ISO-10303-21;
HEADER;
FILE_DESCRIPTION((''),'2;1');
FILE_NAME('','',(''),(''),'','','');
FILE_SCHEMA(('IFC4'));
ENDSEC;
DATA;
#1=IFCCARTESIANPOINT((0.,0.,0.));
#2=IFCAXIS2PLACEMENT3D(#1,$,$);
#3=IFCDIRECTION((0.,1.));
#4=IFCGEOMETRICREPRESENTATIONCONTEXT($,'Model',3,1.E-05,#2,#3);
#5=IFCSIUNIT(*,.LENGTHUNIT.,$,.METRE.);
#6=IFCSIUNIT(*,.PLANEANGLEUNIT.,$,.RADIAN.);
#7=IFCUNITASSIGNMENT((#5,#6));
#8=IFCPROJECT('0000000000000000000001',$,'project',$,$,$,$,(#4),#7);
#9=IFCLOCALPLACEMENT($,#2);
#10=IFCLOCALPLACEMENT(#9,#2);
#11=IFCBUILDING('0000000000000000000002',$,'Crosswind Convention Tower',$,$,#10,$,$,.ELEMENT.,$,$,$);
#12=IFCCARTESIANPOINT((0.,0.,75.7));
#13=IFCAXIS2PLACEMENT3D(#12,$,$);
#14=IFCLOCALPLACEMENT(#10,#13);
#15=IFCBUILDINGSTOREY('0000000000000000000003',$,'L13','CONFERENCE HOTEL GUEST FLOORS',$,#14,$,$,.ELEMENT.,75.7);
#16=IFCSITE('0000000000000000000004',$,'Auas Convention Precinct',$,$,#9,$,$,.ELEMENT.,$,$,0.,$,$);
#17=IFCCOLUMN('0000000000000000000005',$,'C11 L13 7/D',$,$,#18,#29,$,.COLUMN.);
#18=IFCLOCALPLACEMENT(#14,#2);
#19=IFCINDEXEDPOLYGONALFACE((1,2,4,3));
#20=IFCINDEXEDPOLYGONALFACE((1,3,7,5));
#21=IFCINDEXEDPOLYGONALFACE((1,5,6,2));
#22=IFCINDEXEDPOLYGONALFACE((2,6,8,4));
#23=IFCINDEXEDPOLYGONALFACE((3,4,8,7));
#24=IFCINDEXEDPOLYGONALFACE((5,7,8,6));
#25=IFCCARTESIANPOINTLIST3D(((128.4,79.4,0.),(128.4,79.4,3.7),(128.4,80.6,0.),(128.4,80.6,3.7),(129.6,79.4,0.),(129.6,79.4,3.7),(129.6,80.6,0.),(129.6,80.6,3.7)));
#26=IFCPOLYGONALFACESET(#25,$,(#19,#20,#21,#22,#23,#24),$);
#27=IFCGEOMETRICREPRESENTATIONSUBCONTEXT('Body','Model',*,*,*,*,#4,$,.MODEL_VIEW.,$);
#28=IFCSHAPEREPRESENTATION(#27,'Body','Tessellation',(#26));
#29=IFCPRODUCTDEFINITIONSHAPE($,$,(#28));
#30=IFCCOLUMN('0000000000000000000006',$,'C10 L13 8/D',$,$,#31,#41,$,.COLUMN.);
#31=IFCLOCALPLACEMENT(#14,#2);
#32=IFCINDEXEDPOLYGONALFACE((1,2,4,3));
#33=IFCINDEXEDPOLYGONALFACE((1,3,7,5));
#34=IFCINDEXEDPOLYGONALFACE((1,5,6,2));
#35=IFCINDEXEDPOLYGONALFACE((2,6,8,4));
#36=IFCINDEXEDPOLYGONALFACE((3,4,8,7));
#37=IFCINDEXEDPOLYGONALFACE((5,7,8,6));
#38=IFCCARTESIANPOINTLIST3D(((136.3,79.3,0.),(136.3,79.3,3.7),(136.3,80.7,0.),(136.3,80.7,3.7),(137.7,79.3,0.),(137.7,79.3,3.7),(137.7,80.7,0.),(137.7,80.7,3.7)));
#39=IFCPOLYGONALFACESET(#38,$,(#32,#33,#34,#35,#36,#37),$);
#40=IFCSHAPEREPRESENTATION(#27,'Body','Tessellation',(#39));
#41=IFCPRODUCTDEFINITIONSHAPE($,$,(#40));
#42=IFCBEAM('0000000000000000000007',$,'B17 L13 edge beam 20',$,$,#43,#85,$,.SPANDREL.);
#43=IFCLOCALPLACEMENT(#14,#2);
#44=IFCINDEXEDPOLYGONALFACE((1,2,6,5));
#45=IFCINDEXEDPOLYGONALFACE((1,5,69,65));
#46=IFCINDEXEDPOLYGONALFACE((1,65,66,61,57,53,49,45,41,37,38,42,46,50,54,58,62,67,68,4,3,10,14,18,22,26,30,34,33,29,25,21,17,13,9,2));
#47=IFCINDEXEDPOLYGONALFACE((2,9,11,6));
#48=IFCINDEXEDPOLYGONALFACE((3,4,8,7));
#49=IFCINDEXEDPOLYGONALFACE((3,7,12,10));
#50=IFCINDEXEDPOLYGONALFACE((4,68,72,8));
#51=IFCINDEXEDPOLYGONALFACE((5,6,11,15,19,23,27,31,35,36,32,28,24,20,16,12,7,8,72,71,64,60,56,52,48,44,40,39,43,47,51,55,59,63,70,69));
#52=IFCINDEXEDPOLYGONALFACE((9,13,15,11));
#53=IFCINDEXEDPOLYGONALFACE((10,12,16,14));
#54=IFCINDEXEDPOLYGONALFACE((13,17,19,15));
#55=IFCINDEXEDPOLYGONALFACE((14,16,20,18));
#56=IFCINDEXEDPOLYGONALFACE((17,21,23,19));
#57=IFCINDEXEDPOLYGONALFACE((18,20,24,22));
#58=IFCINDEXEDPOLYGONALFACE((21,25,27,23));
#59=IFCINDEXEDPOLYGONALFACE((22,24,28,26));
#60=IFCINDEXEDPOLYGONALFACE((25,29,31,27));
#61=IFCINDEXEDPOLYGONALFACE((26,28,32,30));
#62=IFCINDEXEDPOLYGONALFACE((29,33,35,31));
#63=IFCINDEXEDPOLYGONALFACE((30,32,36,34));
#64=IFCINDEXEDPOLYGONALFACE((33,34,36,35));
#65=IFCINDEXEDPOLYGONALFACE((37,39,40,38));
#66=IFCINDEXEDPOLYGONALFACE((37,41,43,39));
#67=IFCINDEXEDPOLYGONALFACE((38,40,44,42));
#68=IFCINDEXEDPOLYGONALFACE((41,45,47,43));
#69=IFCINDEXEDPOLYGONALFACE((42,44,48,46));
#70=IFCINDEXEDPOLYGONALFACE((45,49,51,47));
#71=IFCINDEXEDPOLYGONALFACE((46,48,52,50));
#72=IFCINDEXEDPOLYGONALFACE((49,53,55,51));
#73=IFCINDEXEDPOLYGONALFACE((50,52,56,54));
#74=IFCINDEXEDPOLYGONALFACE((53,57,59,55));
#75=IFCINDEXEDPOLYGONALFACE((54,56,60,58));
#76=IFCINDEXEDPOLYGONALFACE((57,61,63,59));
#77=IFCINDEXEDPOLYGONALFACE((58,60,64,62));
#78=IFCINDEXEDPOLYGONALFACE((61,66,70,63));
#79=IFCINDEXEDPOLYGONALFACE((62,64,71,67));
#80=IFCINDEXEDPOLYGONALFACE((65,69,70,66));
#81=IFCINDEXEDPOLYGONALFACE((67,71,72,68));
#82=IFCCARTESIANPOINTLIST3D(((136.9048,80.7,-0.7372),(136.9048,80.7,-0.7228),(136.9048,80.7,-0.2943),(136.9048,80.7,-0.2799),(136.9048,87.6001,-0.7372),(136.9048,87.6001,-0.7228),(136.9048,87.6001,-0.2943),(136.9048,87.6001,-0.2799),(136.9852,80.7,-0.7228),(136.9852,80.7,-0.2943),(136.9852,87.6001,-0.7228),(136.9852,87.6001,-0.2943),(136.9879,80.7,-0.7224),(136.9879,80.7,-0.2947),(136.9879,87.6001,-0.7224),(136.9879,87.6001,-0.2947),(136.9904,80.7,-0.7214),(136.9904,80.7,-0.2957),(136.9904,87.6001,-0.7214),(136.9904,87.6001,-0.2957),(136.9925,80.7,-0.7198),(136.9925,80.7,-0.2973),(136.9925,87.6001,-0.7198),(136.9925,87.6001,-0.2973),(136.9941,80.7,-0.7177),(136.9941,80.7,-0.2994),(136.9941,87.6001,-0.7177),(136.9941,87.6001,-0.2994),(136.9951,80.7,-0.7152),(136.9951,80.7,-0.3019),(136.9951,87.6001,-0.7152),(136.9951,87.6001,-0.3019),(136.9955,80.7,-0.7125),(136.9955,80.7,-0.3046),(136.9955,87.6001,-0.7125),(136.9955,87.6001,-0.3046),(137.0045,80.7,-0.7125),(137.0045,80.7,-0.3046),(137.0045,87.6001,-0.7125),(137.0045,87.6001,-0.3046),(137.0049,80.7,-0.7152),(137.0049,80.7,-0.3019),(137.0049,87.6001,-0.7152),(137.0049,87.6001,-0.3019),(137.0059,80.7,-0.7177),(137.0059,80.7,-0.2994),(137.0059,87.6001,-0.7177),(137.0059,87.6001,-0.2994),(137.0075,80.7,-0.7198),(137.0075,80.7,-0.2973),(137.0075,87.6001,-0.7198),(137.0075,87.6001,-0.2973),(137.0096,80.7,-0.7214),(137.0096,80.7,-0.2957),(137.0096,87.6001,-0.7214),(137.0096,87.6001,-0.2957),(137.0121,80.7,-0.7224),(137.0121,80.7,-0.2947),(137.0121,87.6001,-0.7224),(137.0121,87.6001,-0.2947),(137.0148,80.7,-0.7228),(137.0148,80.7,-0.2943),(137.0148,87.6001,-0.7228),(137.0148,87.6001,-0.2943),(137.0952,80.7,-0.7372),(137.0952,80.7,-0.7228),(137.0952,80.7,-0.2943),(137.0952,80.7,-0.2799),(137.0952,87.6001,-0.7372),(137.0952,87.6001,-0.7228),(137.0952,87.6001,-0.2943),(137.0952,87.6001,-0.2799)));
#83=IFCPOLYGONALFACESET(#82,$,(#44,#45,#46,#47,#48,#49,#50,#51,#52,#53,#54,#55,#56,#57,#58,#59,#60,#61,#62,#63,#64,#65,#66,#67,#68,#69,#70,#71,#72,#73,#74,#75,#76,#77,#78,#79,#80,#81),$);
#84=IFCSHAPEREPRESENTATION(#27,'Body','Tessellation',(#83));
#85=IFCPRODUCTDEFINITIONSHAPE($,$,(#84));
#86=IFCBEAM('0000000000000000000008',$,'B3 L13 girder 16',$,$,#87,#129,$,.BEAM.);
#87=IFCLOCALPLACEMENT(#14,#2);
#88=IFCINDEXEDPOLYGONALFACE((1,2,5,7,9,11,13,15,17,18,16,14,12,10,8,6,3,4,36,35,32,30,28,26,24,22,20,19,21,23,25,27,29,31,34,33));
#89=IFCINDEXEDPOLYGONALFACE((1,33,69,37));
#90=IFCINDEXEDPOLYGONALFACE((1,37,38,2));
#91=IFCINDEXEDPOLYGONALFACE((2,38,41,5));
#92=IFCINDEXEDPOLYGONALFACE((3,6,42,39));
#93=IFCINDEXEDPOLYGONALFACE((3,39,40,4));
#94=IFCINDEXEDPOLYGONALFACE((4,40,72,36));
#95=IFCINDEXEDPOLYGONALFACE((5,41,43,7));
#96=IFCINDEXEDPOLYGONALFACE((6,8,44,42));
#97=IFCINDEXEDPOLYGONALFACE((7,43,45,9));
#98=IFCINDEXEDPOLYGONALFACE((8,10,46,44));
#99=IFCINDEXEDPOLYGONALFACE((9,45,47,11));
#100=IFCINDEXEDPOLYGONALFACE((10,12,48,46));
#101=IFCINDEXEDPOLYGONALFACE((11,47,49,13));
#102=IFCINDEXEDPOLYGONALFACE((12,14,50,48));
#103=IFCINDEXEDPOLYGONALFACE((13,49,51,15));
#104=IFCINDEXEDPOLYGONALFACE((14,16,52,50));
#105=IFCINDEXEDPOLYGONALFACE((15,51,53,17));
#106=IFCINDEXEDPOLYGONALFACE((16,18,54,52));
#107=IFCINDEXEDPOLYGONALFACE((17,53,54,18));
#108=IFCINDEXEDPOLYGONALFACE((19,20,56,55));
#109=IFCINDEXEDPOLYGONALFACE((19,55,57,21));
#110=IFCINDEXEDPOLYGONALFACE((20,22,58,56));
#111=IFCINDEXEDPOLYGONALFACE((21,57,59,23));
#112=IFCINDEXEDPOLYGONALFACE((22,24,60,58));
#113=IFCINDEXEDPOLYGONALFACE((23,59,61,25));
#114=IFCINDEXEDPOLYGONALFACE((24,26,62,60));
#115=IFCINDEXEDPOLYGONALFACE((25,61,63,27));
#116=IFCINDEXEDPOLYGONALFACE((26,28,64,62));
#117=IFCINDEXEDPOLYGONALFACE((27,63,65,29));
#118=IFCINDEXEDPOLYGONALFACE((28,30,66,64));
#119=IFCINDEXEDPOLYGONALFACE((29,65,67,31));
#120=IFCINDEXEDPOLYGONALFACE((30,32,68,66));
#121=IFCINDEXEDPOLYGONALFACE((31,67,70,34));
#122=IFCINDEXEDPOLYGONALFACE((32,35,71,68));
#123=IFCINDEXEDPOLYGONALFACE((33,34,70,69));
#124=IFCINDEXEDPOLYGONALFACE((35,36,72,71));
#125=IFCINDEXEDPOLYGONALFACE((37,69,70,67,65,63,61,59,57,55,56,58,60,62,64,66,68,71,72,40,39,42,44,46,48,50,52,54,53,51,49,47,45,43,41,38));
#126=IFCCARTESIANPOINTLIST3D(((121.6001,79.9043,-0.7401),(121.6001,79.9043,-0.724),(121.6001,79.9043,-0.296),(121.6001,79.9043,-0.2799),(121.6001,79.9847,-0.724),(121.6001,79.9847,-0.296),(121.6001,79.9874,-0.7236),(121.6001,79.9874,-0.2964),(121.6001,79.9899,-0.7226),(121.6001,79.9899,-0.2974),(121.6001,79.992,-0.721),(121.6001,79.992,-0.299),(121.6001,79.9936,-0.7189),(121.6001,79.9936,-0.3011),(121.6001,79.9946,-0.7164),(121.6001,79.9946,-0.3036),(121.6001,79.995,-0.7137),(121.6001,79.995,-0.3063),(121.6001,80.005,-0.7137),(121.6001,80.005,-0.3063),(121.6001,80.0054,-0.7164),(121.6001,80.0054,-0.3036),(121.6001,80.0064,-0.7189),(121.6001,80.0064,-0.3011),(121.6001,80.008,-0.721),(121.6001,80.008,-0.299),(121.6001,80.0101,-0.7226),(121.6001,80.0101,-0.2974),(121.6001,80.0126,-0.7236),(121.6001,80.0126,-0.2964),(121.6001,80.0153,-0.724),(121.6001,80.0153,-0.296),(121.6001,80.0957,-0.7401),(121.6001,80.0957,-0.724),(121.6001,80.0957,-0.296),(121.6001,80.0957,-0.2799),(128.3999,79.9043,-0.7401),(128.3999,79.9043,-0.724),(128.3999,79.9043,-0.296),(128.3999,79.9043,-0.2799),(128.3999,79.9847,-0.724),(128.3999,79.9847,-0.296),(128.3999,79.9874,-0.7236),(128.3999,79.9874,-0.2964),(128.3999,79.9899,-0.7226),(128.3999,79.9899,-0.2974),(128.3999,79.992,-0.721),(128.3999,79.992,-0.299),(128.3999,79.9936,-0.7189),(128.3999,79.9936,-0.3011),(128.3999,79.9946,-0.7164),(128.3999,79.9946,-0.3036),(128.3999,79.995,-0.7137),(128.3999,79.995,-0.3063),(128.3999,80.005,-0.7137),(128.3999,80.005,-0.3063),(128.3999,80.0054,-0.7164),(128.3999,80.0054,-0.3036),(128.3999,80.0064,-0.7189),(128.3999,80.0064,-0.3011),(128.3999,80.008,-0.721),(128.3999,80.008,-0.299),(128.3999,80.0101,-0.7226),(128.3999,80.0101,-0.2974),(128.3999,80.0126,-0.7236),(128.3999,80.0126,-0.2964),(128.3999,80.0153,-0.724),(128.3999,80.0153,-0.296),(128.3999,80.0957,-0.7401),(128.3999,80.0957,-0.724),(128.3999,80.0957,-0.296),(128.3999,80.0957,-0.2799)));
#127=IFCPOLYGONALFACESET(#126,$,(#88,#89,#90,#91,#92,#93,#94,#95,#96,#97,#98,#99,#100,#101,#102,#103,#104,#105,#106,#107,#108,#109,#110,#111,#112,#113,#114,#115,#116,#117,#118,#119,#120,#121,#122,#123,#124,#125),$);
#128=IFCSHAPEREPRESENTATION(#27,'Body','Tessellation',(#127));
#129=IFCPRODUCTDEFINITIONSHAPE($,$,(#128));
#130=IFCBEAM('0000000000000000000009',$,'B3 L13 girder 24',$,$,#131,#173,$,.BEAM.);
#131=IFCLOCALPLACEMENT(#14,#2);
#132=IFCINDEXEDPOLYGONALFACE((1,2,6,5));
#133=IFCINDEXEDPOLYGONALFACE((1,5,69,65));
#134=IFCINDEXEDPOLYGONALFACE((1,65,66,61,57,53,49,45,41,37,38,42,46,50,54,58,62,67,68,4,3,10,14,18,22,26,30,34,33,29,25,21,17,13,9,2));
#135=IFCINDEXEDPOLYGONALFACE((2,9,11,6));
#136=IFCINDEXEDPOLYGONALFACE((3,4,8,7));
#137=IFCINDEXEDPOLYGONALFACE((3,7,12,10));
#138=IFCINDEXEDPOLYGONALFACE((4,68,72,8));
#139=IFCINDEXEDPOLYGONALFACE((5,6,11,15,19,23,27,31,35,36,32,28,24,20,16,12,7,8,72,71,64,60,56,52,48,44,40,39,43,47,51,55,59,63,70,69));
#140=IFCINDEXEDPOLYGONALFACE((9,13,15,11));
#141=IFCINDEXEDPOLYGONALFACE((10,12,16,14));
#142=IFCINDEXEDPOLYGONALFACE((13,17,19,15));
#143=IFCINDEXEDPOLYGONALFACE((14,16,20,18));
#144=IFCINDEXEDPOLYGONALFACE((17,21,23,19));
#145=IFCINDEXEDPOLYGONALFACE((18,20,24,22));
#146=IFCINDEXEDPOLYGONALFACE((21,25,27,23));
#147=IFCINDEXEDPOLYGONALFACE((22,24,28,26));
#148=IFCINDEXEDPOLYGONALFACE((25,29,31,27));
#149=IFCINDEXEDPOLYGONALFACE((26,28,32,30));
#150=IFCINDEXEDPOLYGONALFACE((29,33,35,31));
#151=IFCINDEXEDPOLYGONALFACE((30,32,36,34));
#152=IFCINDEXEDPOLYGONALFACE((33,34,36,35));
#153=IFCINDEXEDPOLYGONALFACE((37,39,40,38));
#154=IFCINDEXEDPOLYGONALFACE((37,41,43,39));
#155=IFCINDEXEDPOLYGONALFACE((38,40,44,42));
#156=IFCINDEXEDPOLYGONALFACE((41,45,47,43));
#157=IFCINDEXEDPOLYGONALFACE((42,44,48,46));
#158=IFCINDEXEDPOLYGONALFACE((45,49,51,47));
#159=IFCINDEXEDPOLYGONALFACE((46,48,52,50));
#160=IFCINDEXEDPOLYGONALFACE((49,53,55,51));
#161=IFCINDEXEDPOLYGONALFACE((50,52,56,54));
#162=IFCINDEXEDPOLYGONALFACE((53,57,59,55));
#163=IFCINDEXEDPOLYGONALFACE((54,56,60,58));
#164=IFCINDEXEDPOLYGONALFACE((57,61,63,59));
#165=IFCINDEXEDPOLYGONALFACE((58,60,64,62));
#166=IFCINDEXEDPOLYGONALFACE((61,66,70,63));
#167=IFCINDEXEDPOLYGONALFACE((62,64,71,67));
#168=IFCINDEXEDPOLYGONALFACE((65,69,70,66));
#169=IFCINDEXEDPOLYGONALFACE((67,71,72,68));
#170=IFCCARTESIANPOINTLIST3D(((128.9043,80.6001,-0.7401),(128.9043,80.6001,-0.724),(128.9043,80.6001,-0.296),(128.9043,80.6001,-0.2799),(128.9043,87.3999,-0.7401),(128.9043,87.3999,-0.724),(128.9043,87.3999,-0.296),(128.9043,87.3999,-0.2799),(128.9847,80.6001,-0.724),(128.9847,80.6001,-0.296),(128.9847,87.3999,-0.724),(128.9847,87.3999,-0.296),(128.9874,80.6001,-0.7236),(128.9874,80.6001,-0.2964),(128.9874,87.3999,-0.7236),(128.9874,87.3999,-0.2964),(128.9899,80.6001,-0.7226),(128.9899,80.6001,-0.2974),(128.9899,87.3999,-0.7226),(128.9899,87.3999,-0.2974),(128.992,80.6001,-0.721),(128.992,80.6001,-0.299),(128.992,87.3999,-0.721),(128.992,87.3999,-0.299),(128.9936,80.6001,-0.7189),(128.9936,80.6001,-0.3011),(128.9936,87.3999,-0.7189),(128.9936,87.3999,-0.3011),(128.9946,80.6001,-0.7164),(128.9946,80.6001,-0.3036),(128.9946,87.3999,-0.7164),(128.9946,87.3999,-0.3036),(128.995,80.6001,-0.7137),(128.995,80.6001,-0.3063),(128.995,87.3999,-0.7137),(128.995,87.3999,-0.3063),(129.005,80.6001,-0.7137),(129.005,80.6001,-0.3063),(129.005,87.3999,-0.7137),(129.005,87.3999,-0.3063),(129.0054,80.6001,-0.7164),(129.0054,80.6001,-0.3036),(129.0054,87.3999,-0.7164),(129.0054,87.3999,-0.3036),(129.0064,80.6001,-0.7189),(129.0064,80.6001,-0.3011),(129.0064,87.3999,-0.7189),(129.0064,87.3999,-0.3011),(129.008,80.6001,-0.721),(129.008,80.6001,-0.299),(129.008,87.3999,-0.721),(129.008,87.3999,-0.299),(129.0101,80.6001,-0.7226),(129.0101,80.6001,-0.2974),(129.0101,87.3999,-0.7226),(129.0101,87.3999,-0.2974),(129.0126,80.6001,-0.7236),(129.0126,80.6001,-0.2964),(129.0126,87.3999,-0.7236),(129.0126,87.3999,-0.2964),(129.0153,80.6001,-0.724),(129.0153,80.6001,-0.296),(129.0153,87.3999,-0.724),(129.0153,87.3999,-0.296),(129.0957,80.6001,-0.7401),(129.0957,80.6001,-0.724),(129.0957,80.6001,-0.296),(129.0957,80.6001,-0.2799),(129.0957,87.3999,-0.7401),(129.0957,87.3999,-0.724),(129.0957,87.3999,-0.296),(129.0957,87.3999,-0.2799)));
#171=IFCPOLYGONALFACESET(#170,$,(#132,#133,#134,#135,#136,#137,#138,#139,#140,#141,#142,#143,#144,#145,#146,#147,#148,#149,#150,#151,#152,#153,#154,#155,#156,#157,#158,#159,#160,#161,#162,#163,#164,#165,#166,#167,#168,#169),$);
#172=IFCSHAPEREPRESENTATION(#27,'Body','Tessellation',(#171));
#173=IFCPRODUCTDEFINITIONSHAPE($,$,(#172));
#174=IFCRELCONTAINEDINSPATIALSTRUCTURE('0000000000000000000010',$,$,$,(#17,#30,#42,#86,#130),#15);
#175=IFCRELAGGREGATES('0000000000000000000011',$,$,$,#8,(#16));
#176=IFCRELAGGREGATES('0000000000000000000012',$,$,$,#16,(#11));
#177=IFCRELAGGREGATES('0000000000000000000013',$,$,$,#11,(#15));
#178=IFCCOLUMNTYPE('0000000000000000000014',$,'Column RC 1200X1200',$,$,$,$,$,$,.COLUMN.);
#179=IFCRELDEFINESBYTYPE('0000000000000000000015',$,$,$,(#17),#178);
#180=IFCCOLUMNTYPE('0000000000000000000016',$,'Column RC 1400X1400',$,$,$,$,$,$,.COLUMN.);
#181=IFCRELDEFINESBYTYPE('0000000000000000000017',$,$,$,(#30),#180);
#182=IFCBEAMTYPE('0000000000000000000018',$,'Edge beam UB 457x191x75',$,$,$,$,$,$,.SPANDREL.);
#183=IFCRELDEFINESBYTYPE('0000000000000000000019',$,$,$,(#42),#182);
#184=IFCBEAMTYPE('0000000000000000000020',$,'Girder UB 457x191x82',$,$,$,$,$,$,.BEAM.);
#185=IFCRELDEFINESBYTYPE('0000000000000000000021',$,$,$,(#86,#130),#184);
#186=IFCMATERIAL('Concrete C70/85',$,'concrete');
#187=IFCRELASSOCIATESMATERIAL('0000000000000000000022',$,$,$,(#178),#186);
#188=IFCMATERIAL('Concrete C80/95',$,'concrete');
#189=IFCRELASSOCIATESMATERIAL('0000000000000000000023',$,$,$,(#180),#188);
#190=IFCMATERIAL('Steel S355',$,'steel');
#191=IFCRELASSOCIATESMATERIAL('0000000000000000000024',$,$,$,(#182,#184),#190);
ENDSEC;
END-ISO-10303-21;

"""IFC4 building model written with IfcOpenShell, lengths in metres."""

from ifc_helpers import new_model, si_unit, direction, frame, origin, origin_2d, place, context, subcontext, project, spatial, rectangle, i_section, extrude, material, material_profile, profile_set, type_object, element, save


model = new_model("IFC4")

# Units and contexts
model_context = context("Model", 3, precision=1e-05, world=origin(), true_north=direction((0.0, 1.0)))
body_context = subcontext(model_context, "Body", "Model", "MODEL_VIEW")
ifc_project = project(units=[si_unit("LENGTHUNIT", "METRE"), si_unit("PLANEANGLEUNIT", "RADIAN")], contexts=[model_context])

# Site, building, storey
site_placement = place(None, origin())
site = spatial("IfcSite", under=ifc_project, at=site_placement, Name="Auas Convention Precinct", CompositionType="ELEMENT", RefElevation=0.0)
building_placement = place(site_placement, origin())
building = spatial("IfcBuilding", under=site, at=building_placement, Name="Crosswind Convention Tower", CompositionType="ELEMENT")
storey_placement = place(building_placement, frame((0.0, 0.0, 75.7)))
storey = spatial("IfcBuildingStorey", under=building, at=storey_placement, Name="L13", Description="CONFERENCE HOTEL GUEST FLOORS", CompositionType="ELEMENT", Elevation=75.7)

# Columns
ifc_material_1 = material(Name="Concrete C70/85", Category="concrete")
ifc_material_profile_1 = material_profile(ifc_material_1, rectangle(XDim=1.2, YDim=1.2, at=origin_2d()), Name="RC 1200X1200")
ifc_profile_set_1 = profile_set([ifc_material_profile_1], Name="Concrete C70/85")
column_type_1 = type_object("IfcColumnType", Name="Column RC 1200X1200", PredefinedType="COLUMN", material=ifc_profile_set_1)
column_1_placement = place(storey_placement, frame((129.0, 80.0, 0.0), z_axis=(0.0, 0.0, 1.0), x_axis=(1.0, 0.0, 0.0)))
element("IfcColumn", 1, at=column_1_placement, inside=storey, type_object=column_type_1, Name="C11 L13 7/D", PredefinedType="COLUMN", context=body_context, shape_type="SweptSolid", body=[
    extrude(rectangle(XDim=1.2, YDim=1.2, at=origin_2d()), origin(), (0.0, 0.0, 1.0), 3.7),
])
ifc_material_2 = material(Name="Concrete C80/95", Category="concrete")
ifc_material_profile_2 = material_profile(ifc_material_2, rectangle(XDim=1.3999, YDim=1.3999, at=origin_2d()), Name="RC 1400X1400")
ifc_profile_set_2 = profile_set([ifc_material_profile_2], Name="Concrete C80/95")
column_type_2 = type_object("IfcColumnType", Name="Column RC 1400X1400", PredefinedType="COLUMN", material=ifc_profile_set_2)
column_2_placement = place(storey_placement, frame((137.0, 80.0, 0.0), z_axis=(0.0, 0.0, 1.0), x_axis=(1.0, 0.0, 0.0)))
element("IfcColumn", 2, at=column_2_placement, inside=storey, type_object=column_type_2, Name="C10 L13 8/D", PredefinedType="COLUMN", context=body_context, shape_type="SweptSolid", body=[
    extrude(rectangle(XDim=1.3999, YDim=1.3999, at=origin_2d()), origin(), (0.0, 0.0, 1.0), 3.7),
])

# Beams
ifc_material_3 = material(Name="Steel S355", Category="steel")
ifc_material_profile_3 = material_profile(ifc_material_3, i_section(OverallWidth=0.1904, OverallDepth=0.4573, WebThickness=0.009, FlangeThickness=0.0144, FilletRadius=0.0103, at=origin_2d()), Name="UB 457x191x75")
ifc_profile_set_3 = profile_set([ifc_material_profile_3], Name="Steel S355")
beam_type_1 = type_object("IfcBeamType", Name="Edge beam UB 457x191x75", PredefinedType="SPANDREL", material=ifc_profile_set_3)
beam_1_placement = place(storey_placement, frame((137.0, 80.7, -0.5085), z_axis=(0.0, 1.0, 0.0), x_axis=(-1.0, 0.0, 0.0)))
element("IfcBeam", 3, at=beam_1_placement, inside=storey, type_object=beam_type_1, Name="B17 L13 edge beam 20", PredefinedType="SPANDREL", context=body_context, shape_type="SweptSolid", body=[
    extrude(i_section(OverallWidth=0.1904, OverallDepth=0.4573, WebThickness=0.009, FlangeThickness=0.0144, FilletRadius=0.0103, at=origin_2d()), origin(), (0.0, 0.0, 1.0), 6.9001),
])
ifc_material_profile_4 = material_profile(ifc_material_3, i_section(OverallWidth=0.1914, OverallDepth=0.4602, WebThickness=0.01, FlangeThickness=0.0161, FilletRadius=0.0103, at=origin_2d()), Name="UB 457x191x82")
ifc_profile_set_4 = profile_set([ifc_material_profile_4], Name="Steel S355")
beam_type_2 = type_object("IfcBeamType", Name="Girder UB 457x191x82", PredefinedType="BEAM", material=ifc_profile_set_4)
for number, where, z_axis, x_axis, name in (
    (4, (121.6001, 80.0, -0.51), (1.0, 0.0, 0.0), (0.0, 1.0, 0.0), "B3 L13 girder 16"),
    (5, (129.0, 80.6001, -0.51), (0.0, 1.0, 0.0), (-1.0, 0.0, 0.0), "B3 L13 girder 24"),
):
    element("IfcBeam", number, at=place(storey_placement, frame(where, z_axis=z_axis, x_axis=x_axis)), inside=storey, type_object=beam_type_2, Name=name, PredefinedType="BEAM", context=body_context, shape_type="SweptSolid", body=[
        extrude(i_section(OverallWidth=0.1914, OverallDepth=0.4602, WebThickness=0.01, FlangeThickness=0.0161, FilletRadius=0.0103, at=origin_2d()), origin(), (0.0, 0.0, 1.0), 6.7998),
    ])

save(model, "model.ifc")
